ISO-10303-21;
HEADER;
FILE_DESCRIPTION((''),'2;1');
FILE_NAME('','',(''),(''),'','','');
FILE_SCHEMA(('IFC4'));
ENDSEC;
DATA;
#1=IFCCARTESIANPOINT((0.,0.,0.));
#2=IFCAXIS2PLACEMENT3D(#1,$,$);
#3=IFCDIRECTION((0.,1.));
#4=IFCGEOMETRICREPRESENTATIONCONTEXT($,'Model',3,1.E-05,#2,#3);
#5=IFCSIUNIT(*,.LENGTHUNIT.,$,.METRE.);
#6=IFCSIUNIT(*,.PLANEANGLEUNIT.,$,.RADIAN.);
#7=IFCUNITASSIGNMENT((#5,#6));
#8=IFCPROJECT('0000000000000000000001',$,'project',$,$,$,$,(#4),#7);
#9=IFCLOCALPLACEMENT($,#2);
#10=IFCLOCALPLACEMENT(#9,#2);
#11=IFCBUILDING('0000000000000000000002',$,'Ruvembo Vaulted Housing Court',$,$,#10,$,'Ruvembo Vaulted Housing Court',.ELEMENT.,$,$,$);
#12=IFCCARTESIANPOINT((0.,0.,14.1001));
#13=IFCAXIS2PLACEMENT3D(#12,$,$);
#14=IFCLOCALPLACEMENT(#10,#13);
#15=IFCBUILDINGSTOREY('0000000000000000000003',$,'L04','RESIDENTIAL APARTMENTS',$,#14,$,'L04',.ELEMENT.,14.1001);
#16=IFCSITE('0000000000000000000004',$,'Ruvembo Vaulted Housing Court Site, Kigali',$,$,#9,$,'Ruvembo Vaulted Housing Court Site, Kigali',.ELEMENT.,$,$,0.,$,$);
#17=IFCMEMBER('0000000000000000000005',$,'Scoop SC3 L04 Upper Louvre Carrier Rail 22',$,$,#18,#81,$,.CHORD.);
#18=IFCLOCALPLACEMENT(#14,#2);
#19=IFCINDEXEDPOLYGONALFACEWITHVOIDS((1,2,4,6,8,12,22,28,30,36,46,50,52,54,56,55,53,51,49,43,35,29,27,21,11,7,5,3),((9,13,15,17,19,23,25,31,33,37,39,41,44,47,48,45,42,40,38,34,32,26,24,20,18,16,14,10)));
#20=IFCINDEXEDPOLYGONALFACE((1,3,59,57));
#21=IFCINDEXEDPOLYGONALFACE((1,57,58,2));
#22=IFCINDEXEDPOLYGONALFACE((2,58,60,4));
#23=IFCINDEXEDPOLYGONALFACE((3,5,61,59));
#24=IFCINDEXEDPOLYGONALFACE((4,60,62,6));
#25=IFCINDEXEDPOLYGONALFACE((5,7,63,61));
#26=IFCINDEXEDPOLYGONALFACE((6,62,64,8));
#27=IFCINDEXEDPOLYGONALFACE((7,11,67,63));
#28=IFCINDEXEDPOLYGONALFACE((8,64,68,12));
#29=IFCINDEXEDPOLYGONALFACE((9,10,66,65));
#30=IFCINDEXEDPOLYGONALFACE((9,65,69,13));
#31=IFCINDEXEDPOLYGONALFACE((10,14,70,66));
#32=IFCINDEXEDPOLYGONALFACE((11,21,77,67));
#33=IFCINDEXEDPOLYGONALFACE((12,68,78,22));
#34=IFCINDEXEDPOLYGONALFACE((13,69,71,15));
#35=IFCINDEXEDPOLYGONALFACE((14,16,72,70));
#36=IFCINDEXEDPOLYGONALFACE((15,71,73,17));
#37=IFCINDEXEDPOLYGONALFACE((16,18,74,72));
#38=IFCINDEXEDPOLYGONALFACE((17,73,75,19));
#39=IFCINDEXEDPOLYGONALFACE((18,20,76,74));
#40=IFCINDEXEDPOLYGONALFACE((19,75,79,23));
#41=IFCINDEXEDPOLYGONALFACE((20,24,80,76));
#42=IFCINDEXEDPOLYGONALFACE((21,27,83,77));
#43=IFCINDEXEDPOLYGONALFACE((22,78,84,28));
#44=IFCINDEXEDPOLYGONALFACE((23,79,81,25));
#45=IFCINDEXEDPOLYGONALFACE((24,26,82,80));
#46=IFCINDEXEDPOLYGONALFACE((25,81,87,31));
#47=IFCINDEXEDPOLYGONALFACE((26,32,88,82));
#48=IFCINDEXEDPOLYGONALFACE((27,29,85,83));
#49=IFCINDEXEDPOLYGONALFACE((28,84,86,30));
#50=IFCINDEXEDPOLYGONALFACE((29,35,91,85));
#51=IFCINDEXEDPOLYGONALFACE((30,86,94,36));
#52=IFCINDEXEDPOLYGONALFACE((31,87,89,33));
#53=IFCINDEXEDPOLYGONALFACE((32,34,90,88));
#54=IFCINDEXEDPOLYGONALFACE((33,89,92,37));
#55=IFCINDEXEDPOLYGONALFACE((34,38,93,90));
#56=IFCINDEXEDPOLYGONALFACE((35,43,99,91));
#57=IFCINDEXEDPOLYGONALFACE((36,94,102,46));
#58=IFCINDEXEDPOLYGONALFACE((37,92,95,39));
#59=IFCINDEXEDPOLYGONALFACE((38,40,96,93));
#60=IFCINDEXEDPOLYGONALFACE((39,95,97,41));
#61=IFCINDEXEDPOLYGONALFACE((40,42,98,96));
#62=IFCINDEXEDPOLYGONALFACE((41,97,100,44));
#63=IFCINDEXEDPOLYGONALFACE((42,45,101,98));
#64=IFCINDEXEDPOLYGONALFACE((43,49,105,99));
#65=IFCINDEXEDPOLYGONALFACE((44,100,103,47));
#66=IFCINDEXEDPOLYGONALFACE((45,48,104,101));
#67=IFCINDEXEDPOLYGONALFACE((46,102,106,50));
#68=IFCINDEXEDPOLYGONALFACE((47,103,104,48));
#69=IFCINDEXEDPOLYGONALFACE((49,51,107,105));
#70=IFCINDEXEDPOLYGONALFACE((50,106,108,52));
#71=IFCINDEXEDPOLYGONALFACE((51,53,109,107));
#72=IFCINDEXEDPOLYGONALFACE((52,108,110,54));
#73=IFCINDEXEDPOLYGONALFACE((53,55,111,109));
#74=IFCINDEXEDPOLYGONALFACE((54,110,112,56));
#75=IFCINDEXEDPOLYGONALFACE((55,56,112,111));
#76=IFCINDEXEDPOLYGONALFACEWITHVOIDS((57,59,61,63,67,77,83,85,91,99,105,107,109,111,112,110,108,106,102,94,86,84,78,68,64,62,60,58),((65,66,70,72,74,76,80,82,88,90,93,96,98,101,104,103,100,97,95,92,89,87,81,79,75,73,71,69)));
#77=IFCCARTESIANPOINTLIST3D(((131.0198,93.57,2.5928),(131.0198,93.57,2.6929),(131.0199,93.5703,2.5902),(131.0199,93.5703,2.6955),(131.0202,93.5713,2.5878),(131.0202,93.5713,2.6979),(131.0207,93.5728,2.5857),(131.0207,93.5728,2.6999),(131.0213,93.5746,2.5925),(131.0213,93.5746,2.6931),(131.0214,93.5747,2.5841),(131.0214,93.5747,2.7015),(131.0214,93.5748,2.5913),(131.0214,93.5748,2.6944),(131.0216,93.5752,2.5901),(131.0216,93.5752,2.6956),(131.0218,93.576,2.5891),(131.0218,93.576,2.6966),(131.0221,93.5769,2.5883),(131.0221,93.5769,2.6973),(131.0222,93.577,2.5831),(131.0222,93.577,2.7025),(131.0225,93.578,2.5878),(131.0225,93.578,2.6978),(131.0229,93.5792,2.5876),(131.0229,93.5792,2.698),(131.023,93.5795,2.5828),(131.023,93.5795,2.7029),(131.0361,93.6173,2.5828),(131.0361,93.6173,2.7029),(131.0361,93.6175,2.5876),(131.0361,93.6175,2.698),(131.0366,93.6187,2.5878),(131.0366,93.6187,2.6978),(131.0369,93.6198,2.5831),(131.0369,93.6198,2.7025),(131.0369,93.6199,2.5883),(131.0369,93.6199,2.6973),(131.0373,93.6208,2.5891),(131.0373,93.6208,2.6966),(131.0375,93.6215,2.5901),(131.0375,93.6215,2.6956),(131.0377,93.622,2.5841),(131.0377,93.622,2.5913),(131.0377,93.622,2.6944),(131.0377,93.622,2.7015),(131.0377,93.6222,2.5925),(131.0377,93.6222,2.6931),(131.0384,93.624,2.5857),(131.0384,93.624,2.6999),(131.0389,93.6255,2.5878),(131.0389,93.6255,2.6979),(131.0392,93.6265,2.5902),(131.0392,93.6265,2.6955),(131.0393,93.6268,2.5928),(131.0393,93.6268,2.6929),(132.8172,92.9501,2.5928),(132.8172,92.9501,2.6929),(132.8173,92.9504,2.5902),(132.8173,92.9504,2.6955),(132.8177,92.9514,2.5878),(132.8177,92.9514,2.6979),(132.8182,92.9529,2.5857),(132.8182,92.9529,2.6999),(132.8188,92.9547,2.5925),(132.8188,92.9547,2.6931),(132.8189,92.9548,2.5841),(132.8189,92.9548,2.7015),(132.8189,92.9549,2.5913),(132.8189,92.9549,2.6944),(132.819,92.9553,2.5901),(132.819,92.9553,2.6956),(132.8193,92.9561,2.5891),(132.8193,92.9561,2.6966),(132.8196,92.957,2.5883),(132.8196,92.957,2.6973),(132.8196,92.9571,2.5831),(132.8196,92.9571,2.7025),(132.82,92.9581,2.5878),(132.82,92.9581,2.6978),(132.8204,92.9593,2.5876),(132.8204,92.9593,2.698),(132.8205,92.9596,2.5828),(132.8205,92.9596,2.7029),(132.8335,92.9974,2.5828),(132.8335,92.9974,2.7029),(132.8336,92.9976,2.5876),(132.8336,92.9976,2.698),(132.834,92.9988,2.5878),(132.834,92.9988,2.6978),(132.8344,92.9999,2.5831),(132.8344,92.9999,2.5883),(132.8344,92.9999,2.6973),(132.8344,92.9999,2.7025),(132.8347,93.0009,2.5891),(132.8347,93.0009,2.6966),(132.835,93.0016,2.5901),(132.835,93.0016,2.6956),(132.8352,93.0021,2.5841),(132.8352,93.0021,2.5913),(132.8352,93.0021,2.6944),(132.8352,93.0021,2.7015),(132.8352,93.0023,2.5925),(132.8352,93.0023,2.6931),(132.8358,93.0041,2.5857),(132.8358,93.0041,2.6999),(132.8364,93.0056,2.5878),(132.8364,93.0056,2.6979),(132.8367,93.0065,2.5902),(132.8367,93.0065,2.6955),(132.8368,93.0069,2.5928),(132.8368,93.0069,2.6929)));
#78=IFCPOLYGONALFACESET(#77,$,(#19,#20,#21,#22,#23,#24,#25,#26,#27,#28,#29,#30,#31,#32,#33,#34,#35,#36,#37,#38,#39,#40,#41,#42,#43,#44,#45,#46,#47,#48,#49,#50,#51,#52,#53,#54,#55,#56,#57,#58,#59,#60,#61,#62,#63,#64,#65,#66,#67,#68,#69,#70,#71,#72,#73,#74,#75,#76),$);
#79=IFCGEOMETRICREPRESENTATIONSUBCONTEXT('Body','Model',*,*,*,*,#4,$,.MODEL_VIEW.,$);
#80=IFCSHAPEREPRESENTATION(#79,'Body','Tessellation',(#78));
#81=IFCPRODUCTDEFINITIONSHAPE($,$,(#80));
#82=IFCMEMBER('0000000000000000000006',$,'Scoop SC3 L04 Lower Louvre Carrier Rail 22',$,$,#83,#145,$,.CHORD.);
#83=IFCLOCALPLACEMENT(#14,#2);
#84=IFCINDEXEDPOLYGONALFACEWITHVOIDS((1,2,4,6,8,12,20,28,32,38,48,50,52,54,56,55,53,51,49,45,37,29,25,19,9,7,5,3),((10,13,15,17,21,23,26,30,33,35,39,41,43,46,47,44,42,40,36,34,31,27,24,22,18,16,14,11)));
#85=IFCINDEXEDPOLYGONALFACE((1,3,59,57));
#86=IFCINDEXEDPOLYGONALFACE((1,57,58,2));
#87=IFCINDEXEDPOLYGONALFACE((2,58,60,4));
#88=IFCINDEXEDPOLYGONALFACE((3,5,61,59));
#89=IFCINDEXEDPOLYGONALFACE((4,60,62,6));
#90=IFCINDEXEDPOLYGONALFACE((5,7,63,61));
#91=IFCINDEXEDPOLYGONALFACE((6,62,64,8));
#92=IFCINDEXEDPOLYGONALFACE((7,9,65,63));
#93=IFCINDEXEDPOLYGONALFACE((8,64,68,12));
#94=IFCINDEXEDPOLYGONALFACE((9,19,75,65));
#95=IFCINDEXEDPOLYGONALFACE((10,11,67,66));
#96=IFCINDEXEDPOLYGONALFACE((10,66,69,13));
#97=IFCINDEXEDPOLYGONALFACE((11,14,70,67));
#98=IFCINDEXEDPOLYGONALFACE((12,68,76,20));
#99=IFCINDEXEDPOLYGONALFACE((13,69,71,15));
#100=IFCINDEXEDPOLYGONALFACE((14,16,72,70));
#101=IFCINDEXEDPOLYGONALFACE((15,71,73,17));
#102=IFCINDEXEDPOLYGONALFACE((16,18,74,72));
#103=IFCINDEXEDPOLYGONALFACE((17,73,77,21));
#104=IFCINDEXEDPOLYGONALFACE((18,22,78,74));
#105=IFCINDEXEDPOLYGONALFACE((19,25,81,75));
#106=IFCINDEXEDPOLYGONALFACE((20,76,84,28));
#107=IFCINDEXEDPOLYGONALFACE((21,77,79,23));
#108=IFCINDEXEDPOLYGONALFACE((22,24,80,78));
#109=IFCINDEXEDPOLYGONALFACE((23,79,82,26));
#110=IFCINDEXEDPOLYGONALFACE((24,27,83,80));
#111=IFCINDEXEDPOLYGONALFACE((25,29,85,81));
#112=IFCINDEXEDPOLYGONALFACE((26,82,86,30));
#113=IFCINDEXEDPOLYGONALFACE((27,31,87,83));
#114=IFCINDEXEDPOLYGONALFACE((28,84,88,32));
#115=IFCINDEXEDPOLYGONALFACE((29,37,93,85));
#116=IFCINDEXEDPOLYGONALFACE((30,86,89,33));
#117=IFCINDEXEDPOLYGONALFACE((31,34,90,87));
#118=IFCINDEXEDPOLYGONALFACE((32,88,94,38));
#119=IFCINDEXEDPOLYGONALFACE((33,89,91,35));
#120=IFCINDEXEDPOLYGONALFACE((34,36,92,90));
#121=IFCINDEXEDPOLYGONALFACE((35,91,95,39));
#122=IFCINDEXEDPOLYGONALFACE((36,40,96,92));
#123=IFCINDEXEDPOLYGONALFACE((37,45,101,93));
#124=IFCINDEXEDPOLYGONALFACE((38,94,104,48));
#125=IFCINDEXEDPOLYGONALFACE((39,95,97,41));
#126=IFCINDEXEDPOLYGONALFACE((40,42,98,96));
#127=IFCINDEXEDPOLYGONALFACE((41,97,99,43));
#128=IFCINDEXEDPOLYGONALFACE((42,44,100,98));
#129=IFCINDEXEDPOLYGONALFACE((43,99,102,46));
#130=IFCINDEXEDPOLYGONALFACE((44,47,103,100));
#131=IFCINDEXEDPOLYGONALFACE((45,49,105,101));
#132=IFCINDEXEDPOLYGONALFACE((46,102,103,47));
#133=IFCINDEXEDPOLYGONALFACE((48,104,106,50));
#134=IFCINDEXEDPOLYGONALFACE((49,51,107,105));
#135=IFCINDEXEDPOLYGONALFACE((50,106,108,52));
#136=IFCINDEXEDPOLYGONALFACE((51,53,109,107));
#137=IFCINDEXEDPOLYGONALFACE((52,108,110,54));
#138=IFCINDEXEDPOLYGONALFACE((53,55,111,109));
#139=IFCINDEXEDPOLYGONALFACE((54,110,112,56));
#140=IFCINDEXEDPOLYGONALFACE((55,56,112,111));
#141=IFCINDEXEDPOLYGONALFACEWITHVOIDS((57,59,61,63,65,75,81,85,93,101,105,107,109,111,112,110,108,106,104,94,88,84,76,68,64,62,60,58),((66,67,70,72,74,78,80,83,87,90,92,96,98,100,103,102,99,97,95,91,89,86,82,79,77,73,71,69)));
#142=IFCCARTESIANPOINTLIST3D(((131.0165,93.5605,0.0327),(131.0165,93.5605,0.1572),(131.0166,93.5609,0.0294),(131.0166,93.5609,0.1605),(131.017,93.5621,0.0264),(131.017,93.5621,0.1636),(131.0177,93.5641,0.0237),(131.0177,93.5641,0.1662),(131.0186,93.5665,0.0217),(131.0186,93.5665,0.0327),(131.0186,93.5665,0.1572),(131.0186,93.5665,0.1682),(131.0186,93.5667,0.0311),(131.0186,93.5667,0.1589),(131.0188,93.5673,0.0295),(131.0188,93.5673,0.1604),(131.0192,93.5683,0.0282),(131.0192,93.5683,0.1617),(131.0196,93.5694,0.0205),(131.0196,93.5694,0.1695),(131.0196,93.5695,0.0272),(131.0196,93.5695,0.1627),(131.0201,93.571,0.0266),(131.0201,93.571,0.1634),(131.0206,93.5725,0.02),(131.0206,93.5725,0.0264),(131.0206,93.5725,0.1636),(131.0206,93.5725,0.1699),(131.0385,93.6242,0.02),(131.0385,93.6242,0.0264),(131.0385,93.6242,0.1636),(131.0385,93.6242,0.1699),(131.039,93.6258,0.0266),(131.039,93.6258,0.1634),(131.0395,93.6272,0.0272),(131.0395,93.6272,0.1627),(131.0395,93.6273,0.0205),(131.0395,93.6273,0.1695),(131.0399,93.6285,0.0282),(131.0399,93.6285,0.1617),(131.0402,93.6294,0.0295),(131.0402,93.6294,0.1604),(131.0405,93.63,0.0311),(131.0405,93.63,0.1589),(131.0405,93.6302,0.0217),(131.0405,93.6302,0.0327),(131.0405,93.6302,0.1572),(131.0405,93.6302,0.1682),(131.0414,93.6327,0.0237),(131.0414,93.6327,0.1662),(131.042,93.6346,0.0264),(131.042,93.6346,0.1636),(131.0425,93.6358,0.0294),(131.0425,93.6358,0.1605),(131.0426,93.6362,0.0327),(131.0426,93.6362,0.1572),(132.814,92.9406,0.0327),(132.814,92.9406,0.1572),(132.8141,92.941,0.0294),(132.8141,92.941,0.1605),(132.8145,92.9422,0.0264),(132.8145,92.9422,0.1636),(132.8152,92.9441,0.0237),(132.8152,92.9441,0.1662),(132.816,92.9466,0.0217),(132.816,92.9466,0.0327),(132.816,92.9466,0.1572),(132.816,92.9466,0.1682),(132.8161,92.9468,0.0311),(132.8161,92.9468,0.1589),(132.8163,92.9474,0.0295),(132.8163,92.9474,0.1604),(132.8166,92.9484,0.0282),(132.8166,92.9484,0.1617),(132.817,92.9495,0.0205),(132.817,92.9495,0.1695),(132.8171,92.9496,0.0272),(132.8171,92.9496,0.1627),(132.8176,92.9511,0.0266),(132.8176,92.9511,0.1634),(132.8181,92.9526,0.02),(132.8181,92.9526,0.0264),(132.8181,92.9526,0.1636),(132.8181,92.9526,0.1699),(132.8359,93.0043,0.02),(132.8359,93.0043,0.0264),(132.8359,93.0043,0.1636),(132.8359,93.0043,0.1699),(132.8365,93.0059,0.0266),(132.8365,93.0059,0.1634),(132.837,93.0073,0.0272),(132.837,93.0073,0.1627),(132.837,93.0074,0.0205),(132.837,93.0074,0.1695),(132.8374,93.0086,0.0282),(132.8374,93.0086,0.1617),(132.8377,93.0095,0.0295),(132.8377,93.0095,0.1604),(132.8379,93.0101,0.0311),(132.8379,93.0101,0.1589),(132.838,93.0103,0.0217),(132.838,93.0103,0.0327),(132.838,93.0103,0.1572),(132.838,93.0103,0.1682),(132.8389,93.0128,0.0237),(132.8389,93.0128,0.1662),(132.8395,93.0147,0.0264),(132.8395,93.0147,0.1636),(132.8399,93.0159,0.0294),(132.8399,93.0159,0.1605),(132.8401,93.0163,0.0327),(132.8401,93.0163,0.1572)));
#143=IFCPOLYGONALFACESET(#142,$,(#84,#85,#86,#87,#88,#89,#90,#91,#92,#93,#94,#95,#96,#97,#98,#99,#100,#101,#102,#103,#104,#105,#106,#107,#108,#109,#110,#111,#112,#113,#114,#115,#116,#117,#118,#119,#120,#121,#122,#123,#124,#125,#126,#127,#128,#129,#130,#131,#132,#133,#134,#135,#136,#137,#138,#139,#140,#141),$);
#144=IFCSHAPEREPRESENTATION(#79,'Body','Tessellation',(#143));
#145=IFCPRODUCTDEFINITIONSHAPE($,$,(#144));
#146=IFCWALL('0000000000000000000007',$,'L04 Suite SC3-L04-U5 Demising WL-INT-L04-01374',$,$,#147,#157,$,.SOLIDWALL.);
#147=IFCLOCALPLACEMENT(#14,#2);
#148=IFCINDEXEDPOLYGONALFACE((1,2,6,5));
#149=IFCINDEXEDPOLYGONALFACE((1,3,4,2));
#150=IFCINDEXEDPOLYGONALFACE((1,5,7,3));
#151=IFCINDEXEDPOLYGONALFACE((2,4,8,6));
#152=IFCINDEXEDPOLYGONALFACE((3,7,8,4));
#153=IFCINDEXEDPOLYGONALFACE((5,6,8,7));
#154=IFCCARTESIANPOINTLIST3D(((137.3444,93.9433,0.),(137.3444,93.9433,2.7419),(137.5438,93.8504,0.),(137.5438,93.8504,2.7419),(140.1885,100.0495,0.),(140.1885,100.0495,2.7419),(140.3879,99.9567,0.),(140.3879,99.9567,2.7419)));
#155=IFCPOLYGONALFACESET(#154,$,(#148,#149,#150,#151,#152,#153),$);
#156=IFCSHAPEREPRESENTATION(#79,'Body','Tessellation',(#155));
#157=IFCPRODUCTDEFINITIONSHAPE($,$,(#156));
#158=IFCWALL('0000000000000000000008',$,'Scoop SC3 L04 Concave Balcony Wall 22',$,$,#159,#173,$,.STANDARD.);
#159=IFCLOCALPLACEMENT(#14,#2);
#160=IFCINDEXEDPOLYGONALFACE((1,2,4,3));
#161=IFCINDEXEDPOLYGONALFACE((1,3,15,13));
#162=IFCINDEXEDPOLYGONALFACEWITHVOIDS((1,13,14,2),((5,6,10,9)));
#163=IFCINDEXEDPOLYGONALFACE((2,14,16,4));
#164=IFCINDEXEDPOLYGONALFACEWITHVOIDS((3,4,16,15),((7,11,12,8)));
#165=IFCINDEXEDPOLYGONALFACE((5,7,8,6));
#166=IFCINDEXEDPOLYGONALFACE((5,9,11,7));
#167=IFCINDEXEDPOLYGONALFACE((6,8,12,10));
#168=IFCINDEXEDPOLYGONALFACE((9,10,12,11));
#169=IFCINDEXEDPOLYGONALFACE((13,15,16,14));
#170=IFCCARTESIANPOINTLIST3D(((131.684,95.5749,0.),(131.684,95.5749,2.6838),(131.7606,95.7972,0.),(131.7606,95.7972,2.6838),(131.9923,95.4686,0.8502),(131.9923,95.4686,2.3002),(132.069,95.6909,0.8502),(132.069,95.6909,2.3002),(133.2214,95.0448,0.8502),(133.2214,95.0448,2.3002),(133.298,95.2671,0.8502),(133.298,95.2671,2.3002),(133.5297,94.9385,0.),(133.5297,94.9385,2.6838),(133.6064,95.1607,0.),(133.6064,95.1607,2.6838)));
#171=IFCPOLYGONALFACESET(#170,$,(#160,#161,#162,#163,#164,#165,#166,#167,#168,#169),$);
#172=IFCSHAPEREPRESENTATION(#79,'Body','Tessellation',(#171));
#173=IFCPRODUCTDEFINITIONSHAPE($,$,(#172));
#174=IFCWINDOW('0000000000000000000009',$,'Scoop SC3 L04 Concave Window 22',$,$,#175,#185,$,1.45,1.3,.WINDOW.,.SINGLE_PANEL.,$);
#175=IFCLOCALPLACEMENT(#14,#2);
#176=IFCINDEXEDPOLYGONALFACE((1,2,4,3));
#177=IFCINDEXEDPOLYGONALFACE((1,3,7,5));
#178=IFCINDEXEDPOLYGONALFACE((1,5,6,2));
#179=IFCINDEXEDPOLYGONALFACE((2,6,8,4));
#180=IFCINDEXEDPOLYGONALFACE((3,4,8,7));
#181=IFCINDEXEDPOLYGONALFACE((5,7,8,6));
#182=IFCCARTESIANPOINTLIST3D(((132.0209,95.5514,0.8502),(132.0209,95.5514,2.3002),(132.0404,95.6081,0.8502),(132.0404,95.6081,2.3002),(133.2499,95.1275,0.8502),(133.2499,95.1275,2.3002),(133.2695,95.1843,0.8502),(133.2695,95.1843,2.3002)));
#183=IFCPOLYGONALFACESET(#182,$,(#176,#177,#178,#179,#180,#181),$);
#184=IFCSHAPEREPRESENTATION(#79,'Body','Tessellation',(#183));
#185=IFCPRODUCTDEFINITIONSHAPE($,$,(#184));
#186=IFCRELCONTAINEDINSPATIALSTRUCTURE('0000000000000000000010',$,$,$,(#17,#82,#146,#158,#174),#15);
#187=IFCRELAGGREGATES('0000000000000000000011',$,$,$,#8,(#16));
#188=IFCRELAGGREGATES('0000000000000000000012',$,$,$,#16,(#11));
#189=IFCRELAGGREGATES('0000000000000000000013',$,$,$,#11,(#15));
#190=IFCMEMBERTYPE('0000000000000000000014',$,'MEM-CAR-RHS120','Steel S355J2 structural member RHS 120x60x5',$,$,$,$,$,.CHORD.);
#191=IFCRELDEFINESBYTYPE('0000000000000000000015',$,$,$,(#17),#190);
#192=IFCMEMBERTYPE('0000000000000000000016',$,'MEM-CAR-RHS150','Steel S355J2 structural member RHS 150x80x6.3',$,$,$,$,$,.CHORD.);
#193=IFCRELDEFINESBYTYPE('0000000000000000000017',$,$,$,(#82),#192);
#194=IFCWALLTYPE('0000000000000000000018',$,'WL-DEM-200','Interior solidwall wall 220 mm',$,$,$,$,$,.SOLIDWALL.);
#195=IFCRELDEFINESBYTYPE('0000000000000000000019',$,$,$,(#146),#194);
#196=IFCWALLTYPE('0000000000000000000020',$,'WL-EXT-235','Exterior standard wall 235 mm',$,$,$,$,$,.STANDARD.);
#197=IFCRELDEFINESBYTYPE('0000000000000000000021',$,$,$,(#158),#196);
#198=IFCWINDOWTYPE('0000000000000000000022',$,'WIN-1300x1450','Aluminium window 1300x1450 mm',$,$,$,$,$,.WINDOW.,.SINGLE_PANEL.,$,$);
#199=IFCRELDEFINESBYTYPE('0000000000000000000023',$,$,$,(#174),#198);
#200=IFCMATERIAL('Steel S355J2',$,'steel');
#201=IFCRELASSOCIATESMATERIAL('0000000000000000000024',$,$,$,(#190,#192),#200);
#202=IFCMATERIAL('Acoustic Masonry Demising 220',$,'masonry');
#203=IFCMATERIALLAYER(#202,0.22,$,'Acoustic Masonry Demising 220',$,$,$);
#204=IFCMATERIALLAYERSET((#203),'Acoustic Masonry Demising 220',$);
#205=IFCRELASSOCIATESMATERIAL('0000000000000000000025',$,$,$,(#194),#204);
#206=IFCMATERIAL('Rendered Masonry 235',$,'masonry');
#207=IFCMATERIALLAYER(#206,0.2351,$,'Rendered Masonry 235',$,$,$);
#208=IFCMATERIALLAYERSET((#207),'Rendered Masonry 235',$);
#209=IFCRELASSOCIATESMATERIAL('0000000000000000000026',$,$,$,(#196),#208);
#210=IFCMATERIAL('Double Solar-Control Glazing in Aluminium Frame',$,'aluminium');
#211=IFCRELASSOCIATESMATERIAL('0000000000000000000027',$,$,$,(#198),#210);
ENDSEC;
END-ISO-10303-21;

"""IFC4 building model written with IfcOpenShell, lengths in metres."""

from ifc_helpers import new_model, si_unit, direction, frame, frame_2d, origin, origin_2d, place, context, subcontext, project, spatial, rectangle, hollow_rectangle, extrude, material, layer, layer_set, material_profile, profile_set, type_object, element, fill, save


model = new_model("IFC4")

# Units and contexts
model_context = context("Model", 3, precision=1e-05, world=origin(), true_north=direction((0.0, 1.0)))
body_context = subcontext(model_context, "Body", "Model", "MODEL_VIEW")
ifc_project = project(units=[si_unit("LENGTHUNIT", "METRE"), si_unit("PLANEANGLEUNIT", "RADIAN")], contexts=[model_context])

# Site, building, storey
site_placement = place(None, origin())
site = spatial("IfcSite", under=ifc_project, at=site_placement, Name="Ruvembo Vaulted Housing Court Site, Kigali", LongName="Ruvembo Vaulted Housing Court Site, Kigali", CompositionType="ELEMENT", RefElevation=0.0)
building_placement = place(site_placement, origin())
building = spatial("IfcBuilding", under=site, at=building_placement, Name="Ruvembo Vaulted Housing Court", LongName="Ruvembo Vaulted Housing Court", CompositionType="ELEMENT")
storey_placement = place(building_placement, frame((0.0, 0.0, 14.1001)))
storey = spatial("IfcBuildingStorey", under=building, at=storey_placement, Name="L04", Description="RESIDENTIAL APARTMENTS", LongName="L04", CompositionType="ELEMENT", Elevation=14.1001)

# Shared definitions
ifc_material_1 = material(Name="Steel S355J2", Category="steel")

# Members
ifc_material_profile_1 = material_profile(ifc_material_1, hollow_rectangle(XDim=0.0601, YDim=0.1201, WallThickness=0.0049, InnerFilletRadius=0.0049, OuterFilletRadius=0.01, at=origin_2d()), Name="RHS 120x60x5")
ifc_profile_set_1 = profile_set([ifc_material_profile_1], Name="Steel S355J2")
member_type_1 = type_object("IfcMemberType", Name="MEM-CAR-RHS120", Description="Steel S355J2 structural member RHS 120x60x5", PredefinedType="CHORD", material=ifc_profile_set_1)
member_1_placement = place(storey_placement, frame((131.0295, 93.5984, 2.6428), z_axis=(0.945358, -0.326034, 0.0), x_axis=(0.326034, 0.945358, 0.0)))
element("IfcMember", 1, at=member_1_placement, inside=storey, type_object=member_type_1, Name="Scoop SC3 L04 Upper Louvre Carrier Rail 22", PredefinedType="CHORD", context=body_context, shape_type="SweptSolid", body=[
    extrude(hollow_rectangle(XDim=0.0601, YDim=0.1201, WallThickness=0.0049, InnerFilletRadius=0.0049, OuterFilletRadius=0.01, at=origin_2d()), origin(), (0.0, 0.0, 1.0), 1.9014),
])
ifc_material_profile_2 = material_profile(ifc_material_1, hollow_rectangle(XDim=0.0801, YDim=0.1499, WallThickness=0.0063, InnerFilletRadius=0.0063, OuterFilletRadius=0.0127, at=origin_2d()), Name="RHS 150x80x6.3")
ifc_profile_set_2 = profile_set([ifc_material_profile_2], Name="Steel S355J2")
member_type_2 = type_object("IfcMemberType", Name="MEM-CAR-RHS150", Description="Steel S355J2 structural member RHS 150x80x6.3", PredefinedType="CHORD", material=ifc_profile_set_2)
member_2_placement = place(storey_placement, frame((131.0295, 93.5984, 0.095), z_axis=(0.945358, -0.326034, 0.0), x_axis=(0.326034, 0.945358, 0.0)))
element("IfcMember", 2, at=member_2_placement, inside=storey, type_object=member_type_2, Name="Scoop SC3 L04 Lower Louvre Carrier Rail 22", PredefinedType="CHORD", context=body_context, shape_type="SweptSolid", body=[
    extrude(hollow_rectangle(XDim=0.0801, YDim=0.1499, WallThickness=0.0063, InnerFilletRadius=0.0063, OuterFilletRadius=0.0127, at=origin_2d()), origin(), (0.0, 0.0, 1.0), 1.9014),
])

# Wall
ifc_material_2 = material(Name="Acoustic Masonry Demising 220", Category="masonry")
ifc_layer_1 = layer(ifc_material_2, 0.22, Name="Acoustic Masonry Demising 220")
ifc_layer_set_1 = layer_set([ifc_layer_1], Name="Acoustic Masonry Demising 220")
wall_type_1 = type_object("IfcWallType", Name="WL-DEM-200", Description="Interior solidwall wall 220 mm", PredefinedType="SOLIDWALL", material=ifc_layer_set_1)
wall_1_placement = place(storey_placement, frame((137.4441, 93.8967, 0.0), z_axis=(0.0, 0.0, 1.0), x_axis=(0.422207, 0.9065, 0.0)))
element("IfcWall", 3, at=wall_1_placement, inside=storey, type_object=wall_type_1, Name="L04 Suite SC3-L04-U5 Demising WL-INT-L04-01374", PredefinedType="SOLIDWALL", context=body_context, shape_type="SweptSolid", body=[
    extrude(rectangle(XDim=6.7361, YDim=0.22, at=frame_2d((3.3682, 0.0))), origin(), (0.0, 0.0, 1.0), 2.7419),
])

# Wall, opening, window
ifc_material_3 = material(Name="Rendered Masonry 235", Category="masonry")
ifc_layer_2 = layer(ifc_material_3, 0.2351, Name="Rendered Masonry 235")
ifc_layer_set_2 = layer_set([ifc_layer_2], Name="Rendered Masonry 235")
wall_type_2 = type_object("IfcWallType", Name="WL-EXT-235", Description="Exterior standard wall 235 mm", PredefinedType="STANDARD", material=ifc_layer_set_2)
wall_2_placement = place(storey_placement, frame((131.7224, 95.686, 0.0), z_axis=(0.0, 0.0, 1.0), x_axis=(0.945369, -0.326002, 0.0)))
wall_2 = element("IfcWall", 4, at=wall_2_placement, inside=storey, type_object=wall_type_2, Name="Scoop SC3 L04 Concave Balcony Wall 22", PredefinedType="STANDARD", context=body_context, shape_type="SweptSolid", body=[
    extrude(rectangle(XDim=1.9524, YDim=0.2351, at=frame_2d((0.9761, 0.0))), origin(), (0.0, 0.0, 1.0), 2.6838),
])
opening_1_placement = place(wall_2_placement, frame((0.3262, 0.0, 0.8501)))
opening_1 = element("IfcOpeningElement", 5, at=opening_1_placement, cuts=wall_2, PredefinedType="OPENING", context=body_context, shape_type="SweptSolid", body=[
    extrude(rectangle(XDim=1.3, YDim=1.45, at=frame_2d((0.6499, 0.7251))), frame((0.0, 0.1274, 0.0), z_axis=(0.0, -1.0, 0.0), x_axis=(1.0, 0.0, 0.0)), (0.0, 0.0, 1.0), 0.2551),
])
ifc_material_4 = material(Name="Double Solar-Control Glazing in Aluminium Frame", Category="aluminium")
window_type_1 = type_object("IfcWindowType", Name="WIN-1300x1450", Description="Aluminium window 1300x1450 mm", PartitioningType="SINGLE_PANEL", PredefinedType="WINDOW", material=ifc_material_4)
window_1_placement = place(opening_1_placement, origin())
window_1 = element("IfcWindow", 6, at=window_1_placement, inside=storey, type_object=window_type_1, Name="Scoop SC3 L04 Concave Window 22", OverallHeight=1.45, OverallWidth=1.3, PartitioningType="SINGLE_PANEL", PredefinedType="WINDOW", context=body_context, shape_type="SweptSolid", body=[
    extrude(rectangle(XDim=1.3, YDim=1.45, at=frame_2d((0.6499, 0.7251))), frame((0.0, 0.03, 0.0), z_axis=(0.0, -1.0, 0.0), x_axis=(1.0, 0.0, 0.0)), (0.0, 0.0, 1.0), 0.0601),
])
fill(opening_1, window_1)

save(model, "model.ifc")
